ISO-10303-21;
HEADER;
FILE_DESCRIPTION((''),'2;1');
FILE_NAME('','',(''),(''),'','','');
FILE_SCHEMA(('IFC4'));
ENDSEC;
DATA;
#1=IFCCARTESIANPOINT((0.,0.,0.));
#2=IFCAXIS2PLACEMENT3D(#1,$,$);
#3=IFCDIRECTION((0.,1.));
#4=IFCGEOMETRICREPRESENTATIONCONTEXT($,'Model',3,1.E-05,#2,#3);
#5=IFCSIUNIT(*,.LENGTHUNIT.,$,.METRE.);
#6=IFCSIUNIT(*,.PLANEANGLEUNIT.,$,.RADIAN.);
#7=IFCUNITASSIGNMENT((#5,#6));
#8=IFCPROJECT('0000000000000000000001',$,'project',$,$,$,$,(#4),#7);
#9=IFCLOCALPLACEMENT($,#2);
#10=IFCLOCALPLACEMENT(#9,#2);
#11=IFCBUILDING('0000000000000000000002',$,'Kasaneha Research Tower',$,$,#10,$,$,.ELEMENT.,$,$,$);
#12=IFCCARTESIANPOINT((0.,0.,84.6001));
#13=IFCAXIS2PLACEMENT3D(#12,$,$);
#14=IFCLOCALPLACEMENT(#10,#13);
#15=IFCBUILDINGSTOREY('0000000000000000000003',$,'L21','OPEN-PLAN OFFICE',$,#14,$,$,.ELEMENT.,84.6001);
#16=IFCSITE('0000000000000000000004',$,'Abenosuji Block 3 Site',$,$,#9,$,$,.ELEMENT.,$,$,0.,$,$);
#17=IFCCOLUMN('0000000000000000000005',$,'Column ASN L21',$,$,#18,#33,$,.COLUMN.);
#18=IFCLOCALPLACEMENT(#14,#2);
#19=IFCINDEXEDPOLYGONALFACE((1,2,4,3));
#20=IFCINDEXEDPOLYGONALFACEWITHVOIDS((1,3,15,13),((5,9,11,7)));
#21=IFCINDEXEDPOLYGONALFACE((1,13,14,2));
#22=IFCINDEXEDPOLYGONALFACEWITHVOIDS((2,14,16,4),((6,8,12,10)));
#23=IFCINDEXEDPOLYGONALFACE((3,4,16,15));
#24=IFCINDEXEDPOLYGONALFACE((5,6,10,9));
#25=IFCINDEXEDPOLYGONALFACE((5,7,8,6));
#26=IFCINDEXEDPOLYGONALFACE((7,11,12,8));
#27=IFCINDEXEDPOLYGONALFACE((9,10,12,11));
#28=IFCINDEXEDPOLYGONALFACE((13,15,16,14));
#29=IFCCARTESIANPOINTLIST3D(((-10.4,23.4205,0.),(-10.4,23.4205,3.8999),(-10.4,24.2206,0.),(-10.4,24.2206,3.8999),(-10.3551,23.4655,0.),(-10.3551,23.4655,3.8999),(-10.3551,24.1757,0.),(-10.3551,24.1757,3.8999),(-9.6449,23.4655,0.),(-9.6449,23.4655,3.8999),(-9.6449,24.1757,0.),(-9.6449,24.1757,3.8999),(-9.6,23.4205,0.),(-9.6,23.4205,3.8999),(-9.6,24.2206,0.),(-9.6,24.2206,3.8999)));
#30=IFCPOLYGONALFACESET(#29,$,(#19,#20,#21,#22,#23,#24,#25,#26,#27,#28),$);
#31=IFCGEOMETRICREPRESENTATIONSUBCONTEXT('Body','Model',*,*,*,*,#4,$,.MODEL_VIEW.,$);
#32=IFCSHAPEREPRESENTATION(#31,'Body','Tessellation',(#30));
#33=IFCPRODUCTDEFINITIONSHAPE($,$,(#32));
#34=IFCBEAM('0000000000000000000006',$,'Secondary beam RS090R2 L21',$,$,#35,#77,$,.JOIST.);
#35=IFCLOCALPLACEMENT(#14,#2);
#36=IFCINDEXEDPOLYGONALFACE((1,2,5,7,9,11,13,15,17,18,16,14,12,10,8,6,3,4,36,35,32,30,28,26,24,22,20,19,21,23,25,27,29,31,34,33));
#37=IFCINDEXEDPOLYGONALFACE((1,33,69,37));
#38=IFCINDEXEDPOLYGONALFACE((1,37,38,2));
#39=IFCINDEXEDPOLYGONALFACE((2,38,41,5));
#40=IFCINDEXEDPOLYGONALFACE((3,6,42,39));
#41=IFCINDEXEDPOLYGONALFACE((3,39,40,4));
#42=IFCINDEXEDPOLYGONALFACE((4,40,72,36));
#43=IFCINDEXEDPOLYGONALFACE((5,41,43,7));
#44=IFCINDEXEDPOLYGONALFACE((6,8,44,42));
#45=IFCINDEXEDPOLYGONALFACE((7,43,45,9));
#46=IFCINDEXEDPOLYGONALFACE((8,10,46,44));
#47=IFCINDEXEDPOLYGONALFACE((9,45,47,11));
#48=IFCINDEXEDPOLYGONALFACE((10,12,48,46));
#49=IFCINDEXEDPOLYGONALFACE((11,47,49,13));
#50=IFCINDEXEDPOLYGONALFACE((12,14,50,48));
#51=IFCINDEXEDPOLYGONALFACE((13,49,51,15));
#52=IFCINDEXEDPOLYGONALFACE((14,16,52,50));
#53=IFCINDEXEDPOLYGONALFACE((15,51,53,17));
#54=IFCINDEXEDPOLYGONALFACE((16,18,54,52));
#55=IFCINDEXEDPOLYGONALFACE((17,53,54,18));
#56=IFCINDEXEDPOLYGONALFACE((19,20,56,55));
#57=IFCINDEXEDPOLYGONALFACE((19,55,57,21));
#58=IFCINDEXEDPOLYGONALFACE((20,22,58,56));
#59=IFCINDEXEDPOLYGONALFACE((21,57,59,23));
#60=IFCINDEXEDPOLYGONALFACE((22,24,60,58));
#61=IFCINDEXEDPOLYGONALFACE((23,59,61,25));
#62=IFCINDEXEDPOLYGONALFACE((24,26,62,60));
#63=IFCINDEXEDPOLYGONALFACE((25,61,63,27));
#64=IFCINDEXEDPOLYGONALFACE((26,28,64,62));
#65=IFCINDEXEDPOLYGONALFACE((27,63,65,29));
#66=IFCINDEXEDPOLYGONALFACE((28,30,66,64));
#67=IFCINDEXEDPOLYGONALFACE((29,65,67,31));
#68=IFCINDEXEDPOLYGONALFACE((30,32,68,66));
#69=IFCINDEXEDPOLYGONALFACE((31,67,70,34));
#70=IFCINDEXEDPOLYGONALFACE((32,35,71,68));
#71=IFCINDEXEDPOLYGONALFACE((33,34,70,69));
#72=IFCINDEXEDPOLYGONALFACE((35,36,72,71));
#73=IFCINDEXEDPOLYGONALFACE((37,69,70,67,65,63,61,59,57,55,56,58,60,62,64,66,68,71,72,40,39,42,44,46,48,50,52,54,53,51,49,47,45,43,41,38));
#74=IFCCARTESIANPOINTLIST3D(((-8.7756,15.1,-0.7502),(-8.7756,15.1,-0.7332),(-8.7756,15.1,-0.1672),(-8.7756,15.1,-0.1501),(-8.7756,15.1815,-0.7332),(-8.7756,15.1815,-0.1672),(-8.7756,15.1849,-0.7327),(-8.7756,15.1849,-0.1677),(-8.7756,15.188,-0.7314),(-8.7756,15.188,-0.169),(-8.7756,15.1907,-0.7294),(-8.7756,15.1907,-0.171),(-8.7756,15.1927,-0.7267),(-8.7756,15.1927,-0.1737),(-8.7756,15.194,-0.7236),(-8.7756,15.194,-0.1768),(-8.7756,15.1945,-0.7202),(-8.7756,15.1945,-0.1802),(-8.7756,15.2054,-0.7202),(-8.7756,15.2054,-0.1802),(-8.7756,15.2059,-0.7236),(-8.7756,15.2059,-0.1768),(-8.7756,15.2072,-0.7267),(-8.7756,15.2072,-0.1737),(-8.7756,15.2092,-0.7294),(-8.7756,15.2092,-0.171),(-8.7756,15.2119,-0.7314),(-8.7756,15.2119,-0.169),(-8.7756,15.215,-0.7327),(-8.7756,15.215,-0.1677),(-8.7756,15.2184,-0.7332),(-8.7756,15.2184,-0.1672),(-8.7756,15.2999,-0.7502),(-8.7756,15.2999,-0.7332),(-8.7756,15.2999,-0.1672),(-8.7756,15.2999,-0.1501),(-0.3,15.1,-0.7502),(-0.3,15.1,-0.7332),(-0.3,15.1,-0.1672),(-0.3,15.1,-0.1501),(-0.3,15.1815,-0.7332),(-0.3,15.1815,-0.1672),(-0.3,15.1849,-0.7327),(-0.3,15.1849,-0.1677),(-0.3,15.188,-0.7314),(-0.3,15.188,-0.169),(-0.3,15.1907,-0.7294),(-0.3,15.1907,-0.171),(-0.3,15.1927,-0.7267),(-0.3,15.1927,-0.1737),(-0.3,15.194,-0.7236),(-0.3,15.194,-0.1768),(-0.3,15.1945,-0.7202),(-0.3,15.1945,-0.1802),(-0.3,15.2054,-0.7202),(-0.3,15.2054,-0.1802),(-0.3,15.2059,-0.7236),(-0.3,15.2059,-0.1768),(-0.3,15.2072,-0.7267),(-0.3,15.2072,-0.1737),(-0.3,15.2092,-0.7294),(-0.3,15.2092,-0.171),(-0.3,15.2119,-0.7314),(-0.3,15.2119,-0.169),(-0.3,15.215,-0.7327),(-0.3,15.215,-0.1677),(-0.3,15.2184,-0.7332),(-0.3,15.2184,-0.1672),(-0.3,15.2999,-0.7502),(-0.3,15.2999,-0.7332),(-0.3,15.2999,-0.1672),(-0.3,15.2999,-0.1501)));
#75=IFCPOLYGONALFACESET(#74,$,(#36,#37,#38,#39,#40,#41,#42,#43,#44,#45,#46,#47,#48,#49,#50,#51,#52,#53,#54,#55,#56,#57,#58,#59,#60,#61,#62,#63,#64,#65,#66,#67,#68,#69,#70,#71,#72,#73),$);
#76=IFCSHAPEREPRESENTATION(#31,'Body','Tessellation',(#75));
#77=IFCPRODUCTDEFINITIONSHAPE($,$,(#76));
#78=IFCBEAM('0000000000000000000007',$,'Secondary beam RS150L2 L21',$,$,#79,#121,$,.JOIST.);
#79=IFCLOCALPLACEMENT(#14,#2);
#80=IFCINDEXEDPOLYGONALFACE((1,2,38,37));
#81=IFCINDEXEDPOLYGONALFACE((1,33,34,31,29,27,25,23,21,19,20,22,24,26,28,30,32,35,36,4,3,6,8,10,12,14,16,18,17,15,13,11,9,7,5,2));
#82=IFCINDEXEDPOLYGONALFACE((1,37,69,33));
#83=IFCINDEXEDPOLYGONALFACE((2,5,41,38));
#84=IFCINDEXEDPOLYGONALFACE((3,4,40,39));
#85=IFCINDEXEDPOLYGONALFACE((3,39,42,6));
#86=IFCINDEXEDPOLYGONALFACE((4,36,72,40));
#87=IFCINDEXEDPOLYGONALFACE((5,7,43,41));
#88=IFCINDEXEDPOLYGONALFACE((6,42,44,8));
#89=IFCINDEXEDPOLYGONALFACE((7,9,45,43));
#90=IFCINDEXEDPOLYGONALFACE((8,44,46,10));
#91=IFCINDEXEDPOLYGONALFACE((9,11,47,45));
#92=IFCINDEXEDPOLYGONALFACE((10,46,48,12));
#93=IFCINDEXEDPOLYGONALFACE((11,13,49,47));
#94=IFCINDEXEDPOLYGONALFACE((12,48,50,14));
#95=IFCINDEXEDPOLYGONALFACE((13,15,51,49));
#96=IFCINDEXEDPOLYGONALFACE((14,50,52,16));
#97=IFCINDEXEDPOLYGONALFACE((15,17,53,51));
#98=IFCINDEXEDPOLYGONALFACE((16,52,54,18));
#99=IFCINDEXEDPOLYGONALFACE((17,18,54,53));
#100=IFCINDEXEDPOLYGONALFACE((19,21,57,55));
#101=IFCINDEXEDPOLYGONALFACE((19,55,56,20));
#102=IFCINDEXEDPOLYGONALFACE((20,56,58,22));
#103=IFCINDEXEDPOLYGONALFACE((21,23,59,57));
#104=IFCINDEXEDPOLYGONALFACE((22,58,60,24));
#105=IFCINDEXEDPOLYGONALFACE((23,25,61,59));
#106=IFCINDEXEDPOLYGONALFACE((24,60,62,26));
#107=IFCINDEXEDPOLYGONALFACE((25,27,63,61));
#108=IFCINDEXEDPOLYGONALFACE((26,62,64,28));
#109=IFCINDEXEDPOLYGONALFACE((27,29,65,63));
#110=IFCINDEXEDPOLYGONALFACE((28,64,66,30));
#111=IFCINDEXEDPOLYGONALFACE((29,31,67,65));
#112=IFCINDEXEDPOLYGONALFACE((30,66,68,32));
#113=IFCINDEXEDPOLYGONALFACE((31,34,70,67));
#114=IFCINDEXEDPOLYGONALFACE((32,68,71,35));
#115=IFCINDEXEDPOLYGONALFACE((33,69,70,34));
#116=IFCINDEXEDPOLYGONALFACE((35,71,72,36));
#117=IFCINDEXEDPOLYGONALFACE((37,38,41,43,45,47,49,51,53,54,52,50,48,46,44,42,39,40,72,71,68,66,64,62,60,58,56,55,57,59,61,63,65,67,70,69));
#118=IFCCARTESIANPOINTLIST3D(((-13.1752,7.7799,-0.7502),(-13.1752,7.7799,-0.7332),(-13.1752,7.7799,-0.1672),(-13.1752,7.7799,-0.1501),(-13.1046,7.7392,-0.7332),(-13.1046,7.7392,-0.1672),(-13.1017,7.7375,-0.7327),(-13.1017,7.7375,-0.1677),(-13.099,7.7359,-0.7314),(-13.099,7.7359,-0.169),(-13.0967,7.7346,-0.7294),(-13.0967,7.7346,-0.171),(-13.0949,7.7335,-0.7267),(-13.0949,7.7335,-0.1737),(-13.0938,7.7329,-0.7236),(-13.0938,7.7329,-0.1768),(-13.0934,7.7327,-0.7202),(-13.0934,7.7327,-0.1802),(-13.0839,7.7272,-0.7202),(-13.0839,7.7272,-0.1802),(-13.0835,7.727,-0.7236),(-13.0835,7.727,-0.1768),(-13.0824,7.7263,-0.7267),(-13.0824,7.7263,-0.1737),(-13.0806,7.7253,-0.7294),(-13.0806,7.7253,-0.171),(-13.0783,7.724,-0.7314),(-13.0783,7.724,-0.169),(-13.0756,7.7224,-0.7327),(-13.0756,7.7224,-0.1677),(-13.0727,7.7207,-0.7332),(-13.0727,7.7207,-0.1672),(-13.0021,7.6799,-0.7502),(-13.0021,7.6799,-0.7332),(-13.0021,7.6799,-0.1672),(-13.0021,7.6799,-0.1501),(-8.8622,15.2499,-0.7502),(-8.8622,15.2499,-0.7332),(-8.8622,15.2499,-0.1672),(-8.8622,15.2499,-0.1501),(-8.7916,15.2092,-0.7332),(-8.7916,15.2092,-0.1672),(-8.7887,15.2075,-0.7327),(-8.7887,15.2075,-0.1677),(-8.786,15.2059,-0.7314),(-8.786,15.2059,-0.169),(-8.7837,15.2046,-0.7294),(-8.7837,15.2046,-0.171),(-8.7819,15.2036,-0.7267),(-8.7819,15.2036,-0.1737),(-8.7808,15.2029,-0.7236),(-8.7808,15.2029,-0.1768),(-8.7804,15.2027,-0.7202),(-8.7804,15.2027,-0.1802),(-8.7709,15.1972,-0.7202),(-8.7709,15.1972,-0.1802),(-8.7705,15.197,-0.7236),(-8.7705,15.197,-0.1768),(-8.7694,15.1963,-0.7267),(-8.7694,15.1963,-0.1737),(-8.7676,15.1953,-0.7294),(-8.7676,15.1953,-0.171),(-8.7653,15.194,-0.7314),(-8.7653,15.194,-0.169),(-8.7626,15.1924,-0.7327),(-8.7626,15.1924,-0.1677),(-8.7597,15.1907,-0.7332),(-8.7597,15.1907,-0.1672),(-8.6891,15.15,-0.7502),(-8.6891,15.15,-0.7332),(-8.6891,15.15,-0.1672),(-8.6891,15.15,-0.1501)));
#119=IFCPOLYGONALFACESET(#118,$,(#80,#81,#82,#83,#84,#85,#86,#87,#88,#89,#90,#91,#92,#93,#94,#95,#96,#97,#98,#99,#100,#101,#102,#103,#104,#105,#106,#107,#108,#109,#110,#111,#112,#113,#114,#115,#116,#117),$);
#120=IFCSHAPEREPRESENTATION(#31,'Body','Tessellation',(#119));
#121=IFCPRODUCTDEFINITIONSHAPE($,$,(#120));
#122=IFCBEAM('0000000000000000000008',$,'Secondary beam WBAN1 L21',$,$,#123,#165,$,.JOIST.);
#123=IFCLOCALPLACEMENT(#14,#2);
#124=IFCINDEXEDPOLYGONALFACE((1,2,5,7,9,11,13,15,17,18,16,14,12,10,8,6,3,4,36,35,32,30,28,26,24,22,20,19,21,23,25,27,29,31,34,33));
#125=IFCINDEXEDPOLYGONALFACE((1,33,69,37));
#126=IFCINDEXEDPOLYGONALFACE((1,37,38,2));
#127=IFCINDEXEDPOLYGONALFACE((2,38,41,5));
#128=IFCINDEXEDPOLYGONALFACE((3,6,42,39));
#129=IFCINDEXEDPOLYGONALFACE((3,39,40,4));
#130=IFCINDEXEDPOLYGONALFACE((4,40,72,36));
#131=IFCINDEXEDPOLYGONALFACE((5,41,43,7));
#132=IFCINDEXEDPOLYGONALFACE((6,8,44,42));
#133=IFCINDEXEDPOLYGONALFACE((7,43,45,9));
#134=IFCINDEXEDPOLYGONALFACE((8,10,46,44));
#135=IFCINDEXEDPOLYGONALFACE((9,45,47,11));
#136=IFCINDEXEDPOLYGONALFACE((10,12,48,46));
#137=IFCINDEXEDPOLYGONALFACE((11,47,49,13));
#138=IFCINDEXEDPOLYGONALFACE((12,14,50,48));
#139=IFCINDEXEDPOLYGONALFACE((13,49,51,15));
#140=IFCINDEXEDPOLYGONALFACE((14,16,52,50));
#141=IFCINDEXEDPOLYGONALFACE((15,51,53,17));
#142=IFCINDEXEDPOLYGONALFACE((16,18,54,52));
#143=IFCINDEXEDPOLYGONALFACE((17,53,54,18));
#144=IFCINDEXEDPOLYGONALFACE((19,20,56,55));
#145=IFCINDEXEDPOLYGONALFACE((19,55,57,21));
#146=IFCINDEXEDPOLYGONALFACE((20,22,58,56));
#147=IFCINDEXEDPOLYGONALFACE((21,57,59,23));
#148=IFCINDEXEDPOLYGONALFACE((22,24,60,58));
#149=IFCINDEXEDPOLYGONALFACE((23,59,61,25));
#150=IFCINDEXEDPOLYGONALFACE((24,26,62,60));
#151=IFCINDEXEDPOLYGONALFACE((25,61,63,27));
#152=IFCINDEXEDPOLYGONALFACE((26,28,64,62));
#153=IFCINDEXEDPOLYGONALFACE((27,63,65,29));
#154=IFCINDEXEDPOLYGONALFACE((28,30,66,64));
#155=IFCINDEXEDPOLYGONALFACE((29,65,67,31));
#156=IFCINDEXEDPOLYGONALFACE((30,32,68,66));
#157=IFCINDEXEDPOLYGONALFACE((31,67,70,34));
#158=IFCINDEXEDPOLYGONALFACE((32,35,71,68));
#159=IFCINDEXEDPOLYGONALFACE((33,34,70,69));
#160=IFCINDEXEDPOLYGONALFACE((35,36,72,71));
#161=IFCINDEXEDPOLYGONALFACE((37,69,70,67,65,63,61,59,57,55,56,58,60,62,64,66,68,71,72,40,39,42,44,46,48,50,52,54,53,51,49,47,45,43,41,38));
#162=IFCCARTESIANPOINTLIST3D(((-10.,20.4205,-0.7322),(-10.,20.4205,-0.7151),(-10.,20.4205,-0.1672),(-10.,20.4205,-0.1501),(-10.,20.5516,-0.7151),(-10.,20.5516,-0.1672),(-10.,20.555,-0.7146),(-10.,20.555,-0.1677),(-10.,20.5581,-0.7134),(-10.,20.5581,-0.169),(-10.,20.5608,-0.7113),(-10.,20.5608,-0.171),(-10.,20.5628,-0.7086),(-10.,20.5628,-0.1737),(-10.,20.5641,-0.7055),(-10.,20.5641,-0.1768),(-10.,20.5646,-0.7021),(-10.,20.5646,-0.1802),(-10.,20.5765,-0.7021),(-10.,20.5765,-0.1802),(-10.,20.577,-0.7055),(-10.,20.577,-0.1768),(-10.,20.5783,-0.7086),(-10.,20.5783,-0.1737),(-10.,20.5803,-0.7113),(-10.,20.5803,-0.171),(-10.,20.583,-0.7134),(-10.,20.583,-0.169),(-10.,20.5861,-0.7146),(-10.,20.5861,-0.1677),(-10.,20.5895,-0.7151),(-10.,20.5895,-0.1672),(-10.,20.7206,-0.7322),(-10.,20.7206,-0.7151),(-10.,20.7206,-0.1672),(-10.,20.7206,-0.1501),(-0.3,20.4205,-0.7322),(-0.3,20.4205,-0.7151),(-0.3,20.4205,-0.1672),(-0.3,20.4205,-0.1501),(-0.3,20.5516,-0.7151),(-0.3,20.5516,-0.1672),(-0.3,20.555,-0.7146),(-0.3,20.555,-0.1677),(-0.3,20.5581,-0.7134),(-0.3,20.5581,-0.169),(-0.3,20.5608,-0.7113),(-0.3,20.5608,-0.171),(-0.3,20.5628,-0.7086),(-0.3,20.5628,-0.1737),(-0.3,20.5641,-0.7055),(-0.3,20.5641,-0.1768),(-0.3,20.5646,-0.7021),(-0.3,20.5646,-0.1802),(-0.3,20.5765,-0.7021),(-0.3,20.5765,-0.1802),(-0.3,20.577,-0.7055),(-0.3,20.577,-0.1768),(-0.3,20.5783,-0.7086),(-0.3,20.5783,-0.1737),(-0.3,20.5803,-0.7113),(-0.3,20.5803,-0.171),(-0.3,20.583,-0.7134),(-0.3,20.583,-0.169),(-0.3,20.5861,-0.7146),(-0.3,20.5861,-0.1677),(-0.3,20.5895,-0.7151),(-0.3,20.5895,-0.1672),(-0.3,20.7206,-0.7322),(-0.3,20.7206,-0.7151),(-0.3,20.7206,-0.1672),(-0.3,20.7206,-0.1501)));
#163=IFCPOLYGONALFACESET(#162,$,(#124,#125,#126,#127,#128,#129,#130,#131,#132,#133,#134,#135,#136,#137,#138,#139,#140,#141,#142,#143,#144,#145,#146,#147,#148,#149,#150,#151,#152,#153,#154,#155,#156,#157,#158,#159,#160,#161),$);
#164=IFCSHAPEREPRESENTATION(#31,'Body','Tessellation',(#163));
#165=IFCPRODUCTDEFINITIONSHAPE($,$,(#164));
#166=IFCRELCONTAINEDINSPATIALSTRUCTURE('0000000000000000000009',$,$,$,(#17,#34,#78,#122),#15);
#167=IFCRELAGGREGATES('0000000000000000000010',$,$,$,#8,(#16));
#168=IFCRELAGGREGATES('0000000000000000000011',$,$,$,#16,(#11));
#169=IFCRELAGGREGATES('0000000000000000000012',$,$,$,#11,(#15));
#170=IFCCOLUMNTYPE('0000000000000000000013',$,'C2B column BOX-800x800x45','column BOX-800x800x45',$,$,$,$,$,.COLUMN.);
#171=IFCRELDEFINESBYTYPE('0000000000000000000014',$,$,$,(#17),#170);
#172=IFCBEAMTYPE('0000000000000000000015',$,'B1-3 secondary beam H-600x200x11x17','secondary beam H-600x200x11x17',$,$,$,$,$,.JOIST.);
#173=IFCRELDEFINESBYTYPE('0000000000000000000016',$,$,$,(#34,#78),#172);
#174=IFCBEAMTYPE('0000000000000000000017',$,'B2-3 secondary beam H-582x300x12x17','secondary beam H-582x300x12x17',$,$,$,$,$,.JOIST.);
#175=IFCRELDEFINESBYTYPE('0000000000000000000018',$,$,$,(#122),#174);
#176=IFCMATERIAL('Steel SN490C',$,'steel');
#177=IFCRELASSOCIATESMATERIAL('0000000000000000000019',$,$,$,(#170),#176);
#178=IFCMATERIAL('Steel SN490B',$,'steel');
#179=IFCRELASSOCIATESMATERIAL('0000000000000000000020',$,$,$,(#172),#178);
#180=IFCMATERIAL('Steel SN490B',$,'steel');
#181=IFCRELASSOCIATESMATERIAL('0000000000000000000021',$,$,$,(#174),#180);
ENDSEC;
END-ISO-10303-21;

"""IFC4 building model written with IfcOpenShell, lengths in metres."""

from ifc_helpers import new_model, si_unit, direction, frame, origin, origin_2d, place, context, subcontext, project, spatial, hollow_rectangle, i_section, extrude, material, material_profile, profile_set, type_object, element, save


model = new_model("IFC4")

# Units and contexts
model_context = context("Model", 3, precision=1e-05, world=origin(), true_north=direction((0.0, 1.0)))
body_context = subcontext(model_context, "Body", "Model", "MODEL_VIEW")
ifc_project = project(units=[si_unit("LENGTHUNIT", "METRE"), si_unit("PLANEANGLEUNIT", "RADIAN")], contexts=[model_context])

# Site, building, storey
site_placement = place(None, origin())
site = spatial("IfcSite", under=ifc_project, at=site_placement, Name="Abenosuji Block 3 Site", CompositionType="ELEMENT", RefElevation=0.0)
building_placement = place(site_placement, origin())
building = spatial("IfcBuilding", under=site, at=building_placement, Name="Kasaneha Research Tower", CompositionType="ELEMENT")
storey_placement = place(building_placement, frame((0.0, 0.0, 84.6001)))
storey = spatial("IfcBuildingStorey", under=building, at=storey_placement, Name="L21", Description="OPEN-PLAN OFFICE", CompositionType="ELEMENT", Elevation=84.6001)

# Column
ifc_material_1 = material(Name="Steel SN490C", Category="steel")
ifc_material_profile_1 = material_profile(ifc_material_1, hollow_rectangle(XDim=0.8, YDim=0.8, WallThickness=0.0449, at=origin_2d()), Name="BOX-800x800x45")
ifc_profile_set_1 = profile_set([ifc_material_profile_1], Name="Steel SN490C")
column_type = type_object("IfcColumnType", Name="C2B column BOX-800x800x45", Description="column BOX-800x800x45", PredefinedType="COLUMN", material=ifc_profile_set_1)
column_placement = place(storey_placement, frame((-10.0, 23.8206, 0.0), z_axis=(0.0, 0.0, 1.0), x_axis=(1.0, 0.0, 0.0)))
element("IfcColumn", 1, at=column_placement, inside=storey, type_object=column_type, Name="Column ASN L21", PredefinedType="COLUMN", context=body_context, shape_type="SweptSolid", body=[
    extrude(hollow_rectangle(XDim=0.8, YDim=0.8, WallThickness=0.0449, at=origin_2d()), origin(), (0.0, 0.0, 1.0), 3.8999),
])

# Beams
ifc_material_2 = material(Name="Steel SN490B", Category="steel")
ifc_material_profile_2 = material_profile(ifc_material_2, i_section(OverallWidth=0.2, OverallDepth=0.6001, WebThickness=0.011, FlangeThickness=0.0171, FilletRadius=0.0129, at=origin_2d()), Name="H-600x200x11x17")
ifc_profile_set_2 = profile_set([ifc_material_profile_2], Name="Steel SN490B")
beam_type_1 = type_object("IfcBeamType", Name="B1-3 secondary beam H-600x200x11x17", Description="secondary beam H-600x200x11x17", PredefinedType="JOIST", material=ifc_profile_set_2)
beam_1_placement = place(storey_placement, frame((-8.7756, 15.2, -0.4502), z_axis=(1.0, 0.0, 0.0), x_axis=(0.0, 1.0, 0.0)))
element("IfcBeam", 2, at=beam_1_placement, inside=storey, type_object=beam_type_1, Name="Secondary beam RS090R2 L21", PredefinedType="JOIST", context=body_context, shape_type="SweptSolid", body=[
    extrude(i_section(OverallWidth=0.2, OverallDepth=0.6001, WebThickness=0.011, FlangeThickness=0.0171, FilletRadius=0.0129, at=origin_2d()), origin(), (0.0, 0.0, 1.0), 8.4756),
])
beam_2_placement = place(storey_placement, frame((-8.7756, 15.2, -0.4502), z_axis=(-0.500017, -0.866015, 0.0), x_axis=(0.866015, -0.500017, 0.0)))
element("IfcBeam", 3, at=beam_2_placement, inside=storey, type_object=beam_type_1, Name="Secondary beam RS150L2 L21", PredefinedType="JOIST", context=body_context, shape_type="SweptSolid", body=[
    extrude(i_section(OverallWidth=0.2, OverallDepth=0.6001, WebThickness=0.011, FlangeThickness=0.0171, FilletRadius=0.0129, at=origin_2d()), origin(), (0.0, 0.0, 1.0), 8.6257),
])
ifc_material_3 = material(Name="Steel SN490B", Category="steel")
ifc_material_profile_3 = material_profile(ifc_material_3, i_section(OverallWidth=0.3, OverallDepth=0.582, WebThickness=0.012, FlangeThickness=0.0171, FilletRadius=0.0129, at=origin_2d()), Name="H-582x300x12x17")
ifc_profile_set_3 = profile_set([ifc_material_profile_3], Name="Steel SN490B")
beam_type_2 = type_object("IfcBeamType", Name="B2-3 secondary beam H-582x300x12x17", Description="secondary beam H-582x300x12x17", PredefinedType="JOIST", material=ifc_profile_set_3)
beam_3_placement = place(storey_placement, frame((-10.0, 20.5706, -0.4412), z_axis=(1.0, 0.0, 0.0), x_axis=(0.0, 1.0, 0.0)))
element("IfcBeam", 4, at=beam_3_placement, inside=storey, type_object=beam_type_2, Name="Secondary beam WBAN1 L21", PredefinedType="JOIST", context=body_context, shape_type="SweptSolid", body=[
    extrude(i_section(OverallWidth=0.3, OverallDepth=0.582, WebThickness=0.012, FlangeThickness=0.0171, FilletRadius=0.0129, at=origin_2d()), origin(), (0.0, 0.0, 1.0), 9.7),
])

save(model, "model.ifc")
